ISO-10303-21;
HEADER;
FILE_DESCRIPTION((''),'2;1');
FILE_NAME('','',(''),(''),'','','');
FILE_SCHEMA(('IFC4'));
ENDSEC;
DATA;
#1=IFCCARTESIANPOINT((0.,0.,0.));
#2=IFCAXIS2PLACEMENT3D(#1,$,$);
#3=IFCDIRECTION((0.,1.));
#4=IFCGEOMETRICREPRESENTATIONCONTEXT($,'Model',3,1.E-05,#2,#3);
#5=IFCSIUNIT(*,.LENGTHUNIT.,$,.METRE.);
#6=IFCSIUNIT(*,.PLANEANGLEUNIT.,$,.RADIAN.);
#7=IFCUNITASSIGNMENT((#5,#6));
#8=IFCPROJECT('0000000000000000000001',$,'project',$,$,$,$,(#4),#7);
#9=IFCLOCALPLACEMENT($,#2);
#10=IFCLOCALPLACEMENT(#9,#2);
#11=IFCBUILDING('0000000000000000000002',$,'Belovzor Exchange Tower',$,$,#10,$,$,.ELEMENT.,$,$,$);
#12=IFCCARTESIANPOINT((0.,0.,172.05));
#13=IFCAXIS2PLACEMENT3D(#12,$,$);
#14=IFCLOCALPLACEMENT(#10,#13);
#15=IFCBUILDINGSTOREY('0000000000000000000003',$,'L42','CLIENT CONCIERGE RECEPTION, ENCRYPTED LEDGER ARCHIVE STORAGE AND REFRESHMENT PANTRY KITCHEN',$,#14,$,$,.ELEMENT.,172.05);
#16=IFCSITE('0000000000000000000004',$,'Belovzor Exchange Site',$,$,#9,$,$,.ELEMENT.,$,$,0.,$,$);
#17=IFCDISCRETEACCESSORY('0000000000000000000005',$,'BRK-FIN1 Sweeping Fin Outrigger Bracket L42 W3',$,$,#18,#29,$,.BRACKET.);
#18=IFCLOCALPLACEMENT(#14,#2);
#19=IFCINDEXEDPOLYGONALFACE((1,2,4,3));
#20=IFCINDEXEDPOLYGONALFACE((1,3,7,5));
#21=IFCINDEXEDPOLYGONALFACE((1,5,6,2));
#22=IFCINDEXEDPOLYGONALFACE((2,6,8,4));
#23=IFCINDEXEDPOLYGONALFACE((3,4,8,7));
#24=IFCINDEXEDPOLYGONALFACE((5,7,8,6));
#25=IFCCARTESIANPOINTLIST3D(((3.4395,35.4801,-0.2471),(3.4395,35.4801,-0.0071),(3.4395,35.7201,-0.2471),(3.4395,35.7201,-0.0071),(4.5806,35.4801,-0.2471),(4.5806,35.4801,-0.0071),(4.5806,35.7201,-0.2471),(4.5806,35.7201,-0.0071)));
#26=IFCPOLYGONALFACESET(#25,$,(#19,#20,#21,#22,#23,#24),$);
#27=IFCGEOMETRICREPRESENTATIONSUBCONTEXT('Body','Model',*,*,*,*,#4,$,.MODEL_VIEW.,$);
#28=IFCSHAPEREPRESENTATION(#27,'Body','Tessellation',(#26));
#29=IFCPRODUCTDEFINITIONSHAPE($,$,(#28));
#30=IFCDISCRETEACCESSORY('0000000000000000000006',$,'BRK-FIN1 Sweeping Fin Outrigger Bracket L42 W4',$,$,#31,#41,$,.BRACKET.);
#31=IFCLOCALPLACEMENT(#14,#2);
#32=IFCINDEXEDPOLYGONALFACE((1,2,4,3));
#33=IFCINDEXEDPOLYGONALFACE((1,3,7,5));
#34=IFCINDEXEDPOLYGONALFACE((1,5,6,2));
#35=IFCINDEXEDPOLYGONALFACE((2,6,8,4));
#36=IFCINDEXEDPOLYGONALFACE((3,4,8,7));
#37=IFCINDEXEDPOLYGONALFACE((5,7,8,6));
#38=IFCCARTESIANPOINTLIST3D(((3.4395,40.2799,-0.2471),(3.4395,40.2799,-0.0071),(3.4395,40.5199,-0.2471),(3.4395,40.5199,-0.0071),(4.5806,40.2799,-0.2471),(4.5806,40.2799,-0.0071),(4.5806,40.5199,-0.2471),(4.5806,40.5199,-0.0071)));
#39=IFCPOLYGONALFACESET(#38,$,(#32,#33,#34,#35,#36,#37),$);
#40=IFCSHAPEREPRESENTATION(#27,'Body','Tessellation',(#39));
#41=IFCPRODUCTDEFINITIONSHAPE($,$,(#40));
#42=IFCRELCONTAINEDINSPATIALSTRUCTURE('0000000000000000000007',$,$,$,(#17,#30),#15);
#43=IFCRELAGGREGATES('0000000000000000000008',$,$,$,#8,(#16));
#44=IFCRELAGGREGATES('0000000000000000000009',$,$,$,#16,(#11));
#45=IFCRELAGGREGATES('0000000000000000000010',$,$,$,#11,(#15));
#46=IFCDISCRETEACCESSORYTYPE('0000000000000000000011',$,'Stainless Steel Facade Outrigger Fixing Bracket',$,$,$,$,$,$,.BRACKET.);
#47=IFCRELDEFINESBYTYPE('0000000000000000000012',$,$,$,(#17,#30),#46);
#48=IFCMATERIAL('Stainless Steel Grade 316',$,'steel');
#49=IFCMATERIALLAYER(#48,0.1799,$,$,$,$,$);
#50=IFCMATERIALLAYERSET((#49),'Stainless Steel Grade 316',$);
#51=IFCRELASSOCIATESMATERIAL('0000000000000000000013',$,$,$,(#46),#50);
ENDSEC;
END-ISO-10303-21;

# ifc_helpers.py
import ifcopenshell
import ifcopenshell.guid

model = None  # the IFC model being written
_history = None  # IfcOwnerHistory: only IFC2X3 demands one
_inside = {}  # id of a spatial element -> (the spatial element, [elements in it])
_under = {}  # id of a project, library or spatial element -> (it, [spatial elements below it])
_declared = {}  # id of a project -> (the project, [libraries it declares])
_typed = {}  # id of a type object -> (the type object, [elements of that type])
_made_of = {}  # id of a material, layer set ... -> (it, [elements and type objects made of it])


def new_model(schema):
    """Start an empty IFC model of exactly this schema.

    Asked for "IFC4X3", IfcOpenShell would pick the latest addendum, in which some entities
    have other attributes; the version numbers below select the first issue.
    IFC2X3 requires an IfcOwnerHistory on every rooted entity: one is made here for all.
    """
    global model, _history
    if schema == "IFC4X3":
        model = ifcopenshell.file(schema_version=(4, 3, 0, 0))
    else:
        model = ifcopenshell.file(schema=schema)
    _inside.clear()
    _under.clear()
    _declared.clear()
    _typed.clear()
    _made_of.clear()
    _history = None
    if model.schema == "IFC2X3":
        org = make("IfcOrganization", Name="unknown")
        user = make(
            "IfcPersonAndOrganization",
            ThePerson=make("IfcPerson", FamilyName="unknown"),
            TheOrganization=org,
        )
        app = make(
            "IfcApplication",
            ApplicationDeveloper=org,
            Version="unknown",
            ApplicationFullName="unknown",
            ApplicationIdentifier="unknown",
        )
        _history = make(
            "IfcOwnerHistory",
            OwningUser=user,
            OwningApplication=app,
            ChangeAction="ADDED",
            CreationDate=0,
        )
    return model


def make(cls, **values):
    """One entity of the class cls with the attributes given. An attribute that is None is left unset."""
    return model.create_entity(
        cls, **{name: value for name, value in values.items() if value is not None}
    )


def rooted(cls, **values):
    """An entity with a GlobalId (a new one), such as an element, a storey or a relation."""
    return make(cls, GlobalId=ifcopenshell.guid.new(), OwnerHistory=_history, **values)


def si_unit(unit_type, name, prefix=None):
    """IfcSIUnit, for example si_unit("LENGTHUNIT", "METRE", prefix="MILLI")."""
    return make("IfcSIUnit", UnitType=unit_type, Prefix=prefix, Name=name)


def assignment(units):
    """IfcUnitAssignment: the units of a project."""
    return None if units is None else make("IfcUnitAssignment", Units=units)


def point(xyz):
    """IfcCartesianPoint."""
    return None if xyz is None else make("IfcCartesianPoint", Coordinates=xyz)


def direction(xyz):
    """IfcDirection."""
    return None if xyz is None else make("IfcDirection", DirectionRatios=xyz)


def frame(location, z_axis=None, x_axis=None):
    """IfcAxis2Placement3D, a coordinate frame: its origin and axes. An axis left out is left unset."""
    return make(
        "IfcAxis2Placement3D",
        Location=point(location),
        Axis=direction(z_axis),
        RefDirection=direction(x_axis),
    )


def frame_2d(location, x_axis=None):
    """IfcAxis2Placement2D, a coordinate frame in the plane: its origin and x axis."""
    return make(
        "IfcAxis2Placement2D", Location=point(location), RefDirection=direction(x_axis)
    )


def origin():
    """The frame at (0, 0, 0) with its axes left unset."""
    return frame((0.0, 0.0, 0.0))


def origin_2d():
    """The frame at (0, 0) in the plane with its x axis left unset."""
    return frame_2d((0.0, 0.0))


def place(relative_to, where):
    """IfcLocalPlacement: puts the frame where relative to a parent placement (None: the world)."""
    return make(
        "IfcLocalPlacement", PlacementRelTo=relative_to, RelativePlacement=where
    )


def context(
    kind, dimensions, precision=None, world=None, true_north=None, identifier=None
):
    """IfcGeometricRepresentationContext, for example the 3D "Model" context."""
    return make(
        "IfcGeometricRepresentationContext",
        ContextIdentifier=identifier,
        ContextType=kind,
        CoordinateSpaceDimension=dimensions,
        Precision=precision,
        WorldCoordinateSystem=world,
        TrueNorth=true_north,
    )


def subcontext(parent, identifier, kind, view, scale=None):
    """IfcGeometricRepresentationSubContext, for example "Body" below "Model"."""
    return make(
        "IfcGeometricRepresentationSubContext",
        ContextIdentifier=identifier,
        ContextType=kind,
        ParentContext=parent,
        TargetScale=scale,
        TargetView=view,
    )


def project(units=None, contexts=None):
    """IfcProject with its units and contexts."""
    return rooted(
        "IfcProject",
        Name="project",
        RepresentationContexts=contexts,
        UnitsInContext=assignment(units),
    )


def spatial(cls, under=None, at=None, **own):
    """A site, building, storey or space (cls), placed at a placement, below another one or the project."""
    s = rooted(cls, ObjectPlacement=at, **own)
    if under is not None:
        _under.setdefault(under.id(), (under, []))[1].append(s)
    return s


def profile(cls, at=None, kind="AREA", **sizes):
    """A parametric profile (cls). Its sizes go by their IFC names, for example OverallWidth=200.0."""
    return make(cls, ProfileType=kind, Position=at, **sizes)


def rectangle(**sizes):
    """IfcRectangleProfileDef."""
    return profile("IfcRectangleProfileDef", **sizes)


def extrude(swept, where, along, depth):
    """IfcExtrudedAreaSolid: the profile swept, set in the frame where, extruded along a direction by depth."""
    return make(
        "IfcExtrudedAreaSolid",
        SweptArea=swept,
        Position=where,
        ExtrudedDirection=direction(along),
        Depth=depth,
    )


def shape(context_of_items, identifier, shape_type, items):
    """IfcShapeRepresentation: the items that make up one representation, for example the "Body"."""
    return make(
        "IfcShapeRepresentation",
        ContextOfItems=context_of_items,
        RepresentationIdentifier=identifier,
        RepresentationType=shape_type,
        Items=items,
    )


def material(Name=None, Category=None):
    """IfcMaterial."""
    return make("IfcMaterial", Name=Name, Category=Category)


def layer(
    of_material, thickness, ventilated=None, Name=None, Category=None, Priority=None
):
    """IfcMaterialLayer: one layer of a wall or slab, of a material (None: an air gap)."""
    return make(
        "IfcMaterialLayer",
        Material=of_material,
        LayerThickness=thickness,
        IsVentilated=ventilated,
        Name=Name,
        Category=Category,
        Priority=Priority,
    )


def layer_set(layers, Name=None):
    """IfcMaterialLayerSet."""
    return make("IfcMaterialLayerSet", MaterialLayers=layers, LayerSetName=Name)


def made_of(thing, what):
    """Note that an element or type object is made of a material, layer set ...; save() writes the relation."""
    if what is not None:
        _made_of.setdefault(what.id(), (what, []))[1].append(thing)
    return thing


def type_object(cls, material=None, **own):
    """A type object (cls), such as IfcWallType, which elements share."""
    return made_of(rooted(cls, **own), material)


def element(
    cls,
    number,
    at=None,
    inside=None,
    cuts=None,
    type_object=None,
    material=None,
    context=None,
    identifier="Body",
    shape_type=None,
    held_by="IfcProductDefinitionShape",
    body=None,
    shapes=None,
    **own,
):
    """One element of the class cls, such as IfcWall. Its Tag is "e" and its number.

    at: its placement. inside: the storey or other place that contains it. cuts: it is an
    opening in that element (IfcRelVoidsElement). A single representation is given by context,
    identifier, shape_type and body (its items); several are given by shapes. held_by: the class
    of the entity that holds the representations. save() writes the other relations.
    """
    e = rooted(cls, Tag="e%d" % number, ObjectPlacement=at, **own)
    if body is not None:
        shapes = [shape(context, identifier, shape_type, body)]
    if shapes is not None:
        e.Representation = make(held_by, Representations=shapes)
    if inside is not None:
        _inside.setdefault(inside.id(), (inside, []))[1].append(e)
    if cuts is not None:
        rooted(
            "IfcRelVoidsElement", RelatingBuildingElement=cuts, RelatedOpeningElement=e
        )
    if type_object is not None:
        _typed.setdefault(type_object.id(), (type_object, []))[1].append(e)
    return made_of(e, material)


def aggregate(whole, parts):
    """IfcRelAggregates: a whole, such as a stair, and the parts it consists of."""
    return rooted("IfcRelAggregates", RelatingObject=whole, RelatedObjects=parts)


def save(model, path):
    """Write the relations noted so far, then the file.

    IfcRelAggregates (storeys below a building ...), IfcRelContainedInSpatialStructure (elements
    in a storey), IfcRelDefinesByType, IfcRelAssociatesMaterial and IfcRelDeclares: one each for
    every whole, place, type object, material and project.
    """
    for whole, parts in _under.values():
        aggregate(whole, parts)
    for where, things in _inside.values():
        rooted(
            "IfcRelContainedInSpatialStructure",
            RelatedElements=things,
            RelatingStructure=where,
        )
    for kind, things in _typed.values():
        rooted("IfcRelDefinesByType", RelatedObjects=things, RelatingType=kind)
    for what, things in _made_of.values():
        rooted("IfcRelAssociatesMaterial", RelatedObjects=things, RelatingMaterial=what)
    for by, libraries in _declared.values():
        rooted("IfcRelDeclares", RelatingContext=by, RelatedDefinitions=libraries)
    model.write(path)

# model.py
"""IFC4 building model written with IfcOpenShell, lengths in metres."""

from ifc_helpers import new_model, si_unit, direction, frame, origin, origin_2d, place, context, subcontext, project, spatial, rectangle, extrude, material, layer, layer_set, type_object, element, save


model = new_model("IFC4")

# Units and contexts
model_context = context("Model", 3, precision=1e-05, world=origin(), true_north=direction((0.0, 1.0)))
body_context = subcontext(model_context, "Body", "Model", "MODEL_VIEW")
ifc_project = project(units=[si_unit("LENGTHUNIT", "METRE"), si_unit("PLANEANGLEUNIT", "RADIAN")], contexts=[model_context])

# Site, building, storey
site_placement = place(None, origin())
site = spatial("IfcSite", under=ifc_project, at=site_placement, Name="Belovzor Exchange Site", CompositionType="ELEMENT", RefElevation=0.0)
building_placement = place(site_placement, origin())
building = spatial("IfcBuilding", under=site, at=building_placement, Name="Belovzor Exchange Tower", CompositionType="ELEMENT")
storey_placement = place(building_placement, frame((0.0, 0.0, 172.05)))
storey = spatial("IfcBuildingStorey", under=building, at=storey_placement, Name="L42", Description="CLIENT CONCIERGE RECEPTION, ENCRYPTED LEDGER ARCHIVE STORAGE AND REFRESHMENT PANTRY KITCHEN", CompositionType="ELEMENT", Elevation=172.05)

# Discrete accessories
ifc_material_1 = material(Name="Stainless Steel Grade 316", Category="steel")
ifc_layer_1 = layer(ifc_material_1, 0.1799)
ifc_layer_set_1 = layer_set([ifc_layer_1], Name="Stainless Steel Grade 316")
discrete_accessory_type = type_object("IfcDiscreteAccessoryType", Name="Stainless Steel Facade Outrigger Fixing Bracket", PredefinedType="BRACKET", material=ifc_layer_set_1)
for number, where, z_axis, x_axis, name in (
    (1, (4.01, 35.6001, -0.2471), (0.0, 0.0, 1.0), (1.0, 0.0, 0.0), "BRK-FIN1 Sweeping Fin Outrigger Bracket L42 W3"),
    (2, (4.01, 40.3999, -0.2471), (0.0, 0.0, 1.0), (1.0, 0.0, 0.0), "BRK-FIN1 Sweeping Fin Outrigger Bracket L42 W4"),
):
    element("IfcDiscreteAccessory", number, at=place(storey_placement, frame(where, z_axis=z_axis, x_axis=x_axis)), inside=storey, type_object=discrete_accessory_type, Name=name, PredefinedType="BRACKET", context=body_context, shape_type="SweptSolid", body=[
        extrude(rectangle(XDim=1.1411, YDim=0.24, at=origin_2d()), origin(), (0.0, 0.0, 1.0), 0.24),
    ])

save(model, "model.ifc")
